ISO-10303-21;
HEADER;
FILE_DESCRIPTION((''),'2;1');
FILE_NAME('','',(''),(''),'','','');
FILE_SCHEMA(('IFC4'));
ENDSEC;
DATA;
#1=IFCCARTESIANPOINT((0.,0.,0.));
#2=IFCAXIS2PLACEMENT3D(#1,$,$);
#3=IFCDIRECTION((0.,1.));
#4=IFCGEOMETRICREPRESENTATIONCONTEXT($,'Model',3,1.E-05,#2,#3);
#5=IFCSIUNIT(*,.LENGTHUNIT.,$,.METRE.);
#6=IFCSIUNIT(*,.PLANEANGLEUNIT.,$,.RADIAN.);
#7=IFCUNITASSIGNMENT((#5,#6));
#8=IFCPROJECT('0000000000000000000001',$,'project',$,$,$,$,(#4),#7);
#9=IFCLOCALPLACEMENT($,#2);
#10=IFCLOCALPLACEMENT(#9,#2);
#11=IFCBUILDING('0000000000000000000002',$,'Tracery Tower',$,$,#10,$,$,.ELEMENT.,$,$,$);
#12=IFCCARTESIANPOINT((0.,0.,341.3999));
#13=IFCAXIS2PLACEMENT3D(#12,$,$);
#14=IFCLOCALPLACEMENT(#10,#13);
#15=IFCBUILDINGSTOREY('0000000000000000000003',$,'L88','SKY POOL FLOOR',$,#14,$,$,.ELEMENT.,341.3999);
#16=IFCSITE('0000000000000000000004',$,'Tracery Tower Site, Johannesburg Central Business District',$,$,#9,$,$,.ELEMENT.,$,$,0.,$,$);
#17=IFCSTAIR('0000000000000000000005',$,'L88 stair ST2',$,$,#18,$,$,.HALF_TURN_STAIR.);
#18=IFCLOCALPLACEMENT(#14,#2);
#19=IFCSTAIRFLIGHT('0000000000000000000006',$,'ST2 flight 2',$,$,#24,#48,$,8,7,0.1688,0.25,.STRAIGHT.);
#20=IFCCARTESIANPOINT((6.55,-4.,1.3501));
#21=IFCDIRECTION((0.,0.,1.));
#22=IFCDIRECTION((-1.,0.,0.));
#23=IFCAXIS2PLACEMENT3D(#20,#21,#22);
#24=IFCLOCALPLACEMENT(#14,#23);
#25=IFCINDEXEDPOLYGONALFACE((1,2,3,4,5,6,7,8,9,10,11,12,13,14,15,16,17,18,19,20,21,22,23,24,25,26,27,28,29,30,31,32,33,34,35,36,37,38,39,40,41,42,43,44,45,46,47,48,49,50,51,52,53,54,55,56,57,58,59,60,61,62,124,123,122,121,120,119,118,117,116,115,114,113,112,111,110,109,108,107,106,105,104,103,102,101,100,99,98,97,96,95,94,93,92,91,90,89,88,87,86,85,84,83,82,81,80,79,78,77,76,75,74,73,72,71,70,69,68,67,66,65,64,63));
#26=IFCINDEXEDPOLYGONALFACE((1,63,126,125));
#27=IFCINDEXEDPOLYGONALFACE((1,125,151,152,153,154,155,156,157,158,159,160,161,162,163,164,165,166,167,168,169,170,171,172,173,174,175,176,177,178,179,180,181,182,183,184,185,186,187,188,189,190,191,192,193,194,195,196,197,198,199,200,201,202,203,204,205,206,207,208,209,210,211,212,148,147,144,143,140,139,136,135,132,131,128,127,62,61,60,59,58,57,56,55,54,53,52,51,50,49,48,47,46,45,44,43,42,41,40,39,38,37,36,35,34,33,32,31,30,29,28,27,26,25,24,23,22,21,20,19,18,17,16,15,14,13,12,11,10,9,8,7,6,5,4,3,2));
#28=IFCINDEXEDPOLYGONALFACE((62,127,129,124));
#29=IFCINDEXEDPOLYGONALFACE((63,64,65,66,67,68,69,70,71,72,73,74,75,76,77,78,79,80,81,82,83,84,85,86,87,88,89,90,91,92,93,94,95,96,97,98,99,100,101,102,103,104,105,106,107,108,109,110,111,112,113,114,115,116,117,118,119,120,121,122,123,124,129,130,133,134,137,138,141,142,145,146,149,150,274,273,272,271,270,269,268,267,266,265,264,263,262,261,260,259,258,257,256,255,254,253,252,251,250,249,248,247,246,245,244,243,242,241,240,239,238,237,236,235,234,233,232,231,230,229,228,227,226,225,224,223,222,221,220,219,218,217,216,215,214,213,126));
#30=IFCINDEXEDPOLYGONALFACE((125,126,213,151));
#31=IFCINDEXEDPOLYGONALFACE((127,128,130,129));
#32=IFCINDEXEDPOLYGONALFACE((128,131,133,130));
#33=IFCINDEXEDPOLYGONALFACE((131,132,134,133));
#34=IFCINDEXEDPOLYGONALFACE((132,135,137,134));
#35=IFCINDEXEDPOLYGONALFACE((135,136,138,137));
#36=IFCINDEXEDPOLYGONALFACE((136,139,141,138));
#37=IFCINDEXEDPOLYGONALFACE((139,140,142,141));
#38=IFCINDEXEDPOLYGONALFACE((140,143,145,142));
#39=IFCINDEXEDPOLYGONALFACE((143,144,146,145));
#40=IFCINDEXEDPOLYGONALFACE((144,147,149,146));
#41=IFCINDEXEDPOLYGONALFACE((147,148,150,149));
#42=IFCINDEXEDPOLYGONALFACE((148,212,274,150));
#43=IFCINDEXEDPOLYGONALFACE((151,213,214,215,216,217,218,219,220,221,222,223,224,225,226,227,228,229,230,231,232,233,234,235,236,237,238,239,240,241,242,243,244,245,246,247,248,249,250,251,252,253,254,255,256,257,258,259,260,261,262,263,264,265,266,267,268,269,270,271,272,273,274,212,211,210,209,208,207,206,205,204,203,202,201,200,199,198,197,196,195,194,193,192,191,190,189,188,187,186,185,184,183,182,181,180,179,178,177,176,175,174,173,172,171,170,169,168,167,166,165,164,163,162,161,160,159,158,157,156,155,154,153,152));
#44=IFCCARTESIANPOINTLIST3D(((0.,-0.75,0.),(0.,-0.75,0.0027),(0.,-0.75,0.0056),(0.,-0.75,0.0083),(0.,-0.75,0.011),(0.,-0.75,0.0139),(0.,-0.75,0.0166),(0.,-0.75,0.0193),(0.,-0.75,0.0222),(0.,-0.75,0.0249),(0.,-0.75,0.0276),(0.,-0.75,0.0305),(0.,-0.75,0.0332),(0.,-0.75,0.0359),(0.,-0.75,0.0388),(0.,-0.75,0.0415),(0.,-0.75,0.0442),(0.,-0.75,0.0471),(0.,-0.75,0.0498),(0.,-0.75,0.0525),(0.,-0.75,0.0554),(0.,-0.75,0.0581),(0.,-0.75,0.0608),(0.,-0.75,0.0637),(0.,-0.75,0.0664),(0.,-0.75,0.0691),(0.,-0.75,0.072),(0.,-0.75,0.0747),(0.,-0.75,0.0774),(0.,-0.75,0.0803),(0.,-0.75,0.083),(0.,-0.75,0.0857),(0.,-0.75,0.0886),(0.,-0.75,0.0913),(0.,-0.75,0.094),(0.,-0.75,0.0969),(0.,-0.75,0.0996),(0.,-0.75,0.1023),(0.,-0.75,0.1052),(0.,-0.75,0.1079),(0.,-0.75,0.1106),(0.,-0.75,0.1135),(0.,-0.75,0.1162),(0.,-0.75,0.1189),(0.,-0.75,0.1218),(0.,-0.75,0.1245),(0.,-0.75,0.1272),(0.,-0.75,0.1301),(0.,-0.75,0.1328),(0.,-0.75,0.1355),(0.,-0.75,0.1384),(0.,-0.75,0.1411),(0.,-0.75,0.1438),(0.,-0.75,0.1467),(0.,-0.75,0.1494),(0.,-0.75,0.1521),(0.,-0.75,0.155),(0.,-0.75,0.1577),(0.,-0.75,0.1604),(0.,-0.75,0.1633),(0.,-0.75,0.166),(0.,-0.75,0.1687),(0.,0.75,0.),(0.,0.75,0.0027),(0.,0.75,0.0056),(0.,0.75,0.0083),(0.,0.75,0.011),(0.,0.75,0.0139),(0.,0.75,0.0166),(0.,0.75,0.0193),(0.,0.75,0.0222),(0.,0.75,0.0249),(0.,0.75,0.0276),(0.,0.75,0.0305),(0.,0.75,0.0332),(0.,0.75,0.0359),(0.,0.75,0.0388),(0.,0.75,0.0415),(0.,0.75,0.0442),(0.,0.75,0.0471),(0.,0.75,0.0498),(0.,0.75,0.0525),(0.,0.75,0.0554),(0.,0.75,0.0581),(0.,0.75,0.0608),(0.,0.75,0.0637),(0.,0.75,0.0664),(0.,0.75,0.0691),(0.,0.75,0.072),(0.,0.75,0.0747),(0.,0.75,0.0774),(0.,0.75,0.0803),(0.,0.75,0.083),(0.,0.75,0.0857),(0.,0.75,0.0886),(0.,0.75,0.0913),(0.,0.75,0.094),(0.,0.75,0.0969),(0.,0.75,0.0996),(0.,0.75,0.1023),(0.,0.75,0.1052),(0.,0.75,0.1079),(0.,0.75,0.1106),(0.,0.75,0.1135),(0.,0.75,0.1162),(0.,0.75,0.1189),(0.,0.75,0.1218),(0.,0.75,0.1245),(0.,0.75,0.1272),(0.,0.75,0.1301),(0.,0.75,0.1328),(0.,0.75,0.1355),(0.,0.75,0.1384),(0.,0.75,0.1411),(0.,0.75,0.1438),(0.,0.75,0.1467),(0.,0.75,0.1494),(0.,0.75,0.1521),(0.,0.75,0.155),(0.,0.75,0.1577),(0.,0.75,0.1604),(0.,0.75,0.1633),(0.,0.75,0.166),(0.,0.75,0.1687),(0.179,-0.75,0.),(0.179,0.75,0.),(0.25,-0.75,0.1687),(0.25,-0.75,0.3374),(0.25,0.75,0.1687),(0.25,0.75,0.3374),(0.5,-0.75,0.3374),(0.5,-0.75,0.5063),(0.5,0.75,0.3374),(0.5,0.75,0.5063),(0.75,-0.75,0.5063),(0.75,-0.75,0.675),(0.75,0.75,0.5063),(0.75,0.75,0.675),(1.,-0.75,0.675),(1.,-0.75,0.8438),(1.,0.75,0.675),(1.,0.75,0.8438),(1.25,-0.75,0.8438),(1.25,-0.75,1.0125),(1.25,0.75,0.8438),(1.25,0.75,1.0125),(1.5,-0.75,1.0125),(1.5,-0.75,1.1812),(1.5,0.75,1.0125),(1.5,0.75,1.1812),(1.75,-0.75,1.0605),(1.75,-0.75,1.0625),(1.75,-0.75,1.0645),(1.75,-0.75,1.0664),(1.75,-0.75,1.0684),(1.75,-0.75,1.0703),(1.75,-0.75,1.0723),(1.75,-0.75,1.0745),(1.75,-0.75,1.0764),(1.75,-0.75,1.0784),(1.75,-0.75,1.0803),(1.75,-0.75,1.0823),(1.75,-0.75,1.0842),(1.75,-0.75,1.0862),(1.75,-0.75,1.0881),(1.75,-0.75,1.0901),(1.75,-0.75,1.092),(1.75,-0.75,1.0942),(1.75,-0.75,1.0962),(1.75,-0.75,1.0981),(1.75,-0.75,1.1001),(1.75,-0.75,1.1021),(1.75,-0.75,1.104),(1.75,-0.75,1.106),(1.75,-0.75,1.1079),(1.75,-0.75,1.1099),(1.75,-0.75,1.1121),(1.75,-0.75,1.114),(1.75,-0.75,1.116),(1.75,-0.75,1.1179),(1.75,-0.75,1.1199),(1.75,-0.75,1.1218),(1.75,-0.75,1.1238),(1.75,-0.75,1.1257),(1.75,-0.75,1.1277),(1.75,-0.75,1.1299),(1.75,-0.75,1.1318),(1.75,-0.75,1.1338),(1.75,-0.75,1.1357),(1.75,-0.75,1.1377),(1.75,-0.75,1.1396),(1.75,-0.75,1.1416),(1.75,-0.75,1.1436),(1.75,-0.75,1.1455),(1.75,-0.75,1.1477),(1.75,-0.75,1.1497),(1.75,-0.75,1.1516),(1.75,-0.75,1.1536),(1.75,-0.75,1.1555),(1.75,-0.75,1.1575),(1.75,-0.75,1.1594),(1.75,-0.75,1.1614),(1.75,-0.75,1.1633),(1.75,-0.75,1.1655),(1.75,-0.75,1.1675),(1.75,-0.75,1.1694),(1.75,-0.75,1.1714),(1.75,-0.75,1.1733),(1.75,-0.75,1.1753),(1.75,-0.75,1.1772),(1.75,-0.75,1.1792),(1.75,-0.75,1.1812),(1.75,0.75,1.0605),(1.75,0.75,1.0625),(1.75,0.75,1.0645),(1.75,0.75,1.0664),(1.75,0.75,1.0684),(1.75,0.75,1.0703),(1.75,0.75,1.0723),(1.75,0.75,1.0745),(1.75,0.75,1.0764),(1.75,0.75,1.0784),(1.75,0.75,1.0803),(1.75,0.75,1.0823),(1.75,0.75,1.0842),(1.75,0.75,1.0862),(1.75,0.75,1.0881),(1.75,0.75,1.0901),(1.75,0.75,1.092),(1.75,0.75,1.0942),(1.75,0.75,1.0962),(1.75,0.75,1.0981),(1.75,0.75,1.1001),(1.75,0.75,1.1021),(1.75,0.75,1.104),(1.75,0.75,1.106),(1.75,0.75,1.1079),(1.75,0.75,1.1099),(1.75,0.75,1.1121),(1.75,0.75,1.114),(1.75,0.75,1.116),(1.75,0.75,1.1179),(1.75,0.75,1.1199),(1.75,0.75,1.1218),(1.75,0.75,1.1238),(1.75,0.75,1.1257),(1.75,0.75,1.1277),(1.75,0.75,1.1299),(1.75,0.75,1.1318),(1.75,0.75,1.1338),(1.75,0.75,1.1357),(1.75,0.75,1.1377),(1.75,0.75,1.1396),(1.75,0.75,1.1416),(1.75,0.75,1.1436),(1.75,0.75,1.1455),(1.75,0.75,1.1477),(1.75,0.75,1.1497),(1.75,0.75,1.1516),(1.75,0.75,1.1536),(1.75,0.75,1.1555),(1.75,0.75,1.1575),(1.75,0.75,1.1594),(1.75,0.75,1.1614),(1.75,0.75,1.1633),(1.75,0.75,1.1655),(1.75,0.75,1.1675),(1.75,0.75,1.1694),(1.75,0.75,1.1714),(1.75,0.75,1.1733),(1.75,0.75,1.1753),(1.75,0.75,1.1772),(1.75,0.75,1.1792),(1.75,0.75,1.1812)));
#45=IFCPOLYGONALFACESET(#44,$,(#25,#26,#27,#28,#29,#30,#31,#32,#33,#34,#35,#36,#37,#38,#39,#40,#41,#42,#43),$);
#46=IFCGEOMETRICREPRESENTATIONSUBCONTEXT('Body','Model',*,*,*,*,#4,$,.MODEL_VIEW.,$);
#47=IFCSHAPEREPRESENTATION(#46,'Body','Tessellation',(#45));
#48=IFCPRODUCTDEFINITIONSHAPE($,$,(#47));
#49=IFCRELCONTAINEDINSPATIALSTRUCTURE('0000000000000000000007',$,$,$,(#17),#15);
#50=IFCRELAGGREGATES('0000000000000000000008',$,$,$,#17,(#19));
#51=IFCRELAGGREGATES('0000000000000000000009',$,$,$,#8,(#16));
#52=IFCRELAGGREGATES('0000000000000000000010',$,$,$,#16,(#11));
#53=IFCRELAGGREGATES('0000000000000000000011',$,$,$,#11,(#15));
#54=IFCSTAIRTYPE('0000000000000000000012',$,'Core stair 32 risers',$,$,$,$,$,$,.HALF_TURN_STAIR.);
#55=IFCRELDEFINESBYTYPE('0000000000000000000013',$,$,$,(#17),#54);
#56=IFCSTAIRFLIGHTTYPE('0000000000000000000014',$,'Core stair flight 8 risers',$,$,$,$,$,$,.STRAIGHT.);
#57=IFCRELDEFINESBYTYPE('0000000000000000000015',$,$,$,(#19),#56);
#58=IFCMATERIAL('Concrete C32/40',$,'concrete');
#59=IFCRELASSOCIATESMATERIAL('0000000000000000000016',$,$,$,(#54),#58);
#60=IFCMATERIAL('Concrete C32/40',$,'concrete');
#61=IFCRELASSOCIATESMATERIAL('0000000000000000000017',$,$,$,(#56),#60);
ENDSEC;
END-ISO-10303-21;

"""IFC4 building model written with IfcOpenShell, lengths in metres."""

from ifc_helpers import new_model, si_unit, direction, frame, origin, place, context, subcontext, project, spatial, polyline, outline, extrude, material, type_object, element, aggregate, save


model = new_model("IFC4")

# Units and contexts
model_context = context("Model", 3, precision=1e-05, world=origin(), true_north=direction((0.0, 1.0)))
body_context = subcontext(model_context, "Body", "Model", "MODEL_VIEW")
ifc_project = project(units=[si_unit("LENGTHUNIT", "METRE"), si_unit("PLANEANGLEUNIT", "RADIAN")], contexts=[model_context])

# Site, building, storey
site_placement = place(None, origin())
site = spatial("IfcSite", under=ifc_project, at=site_placement, Name="Tracery Tower Site, Johannesburg Central Business District", CompositionType="ELEMENT", RefElevation=0.0)
building_placement = place(site_placement, origin())
building = spatial("IfcBuilding", under=site, at=building_placement, Name="Tracery Tower", CompositionType="ELEMENT")
storey_placement = place(building_placement, frame((0.0, 0.0, 341.3999)))
storey = spatial("IfcBuildingStorey", under=building, at=storey_placement, Name="L88", Description="SKY POOL FLOOR", CompositionType="ELEMENT", Elevation=341.3999)

# Stair, stair flight
ifc_material_1 = material(Name="Concrete C32/40", Category="concrete")
stair_type = type_object("IfcStairType", Name="Core stair 32 risers", PredefinedType="HALF_TURN_STAIR", material=ifc_material_1)
stair_placement = place(storey_placement, origin())
stair = element("IfcStair", 1, at=stair_placement, inside=storey, type_object=stair_type, Name="L88 stair ST2", PredefinedType="HALF_TURN_STAIR")
ifc_material_2 = material(Name="Concrete C32/40", Category="concrete")
stair_flight_type = type_object("IfcStairFlightType", Name="Core stair flight 8 risers", PredefinedType="STRAIGHT", material=ifc_material_2)
stair_flight_1_placement = place(storey_placement, frame((6.55, -4.0, 1.3501), z_axis=(0.0, 0.0, 1.0), x_axis=(-1.0, 0.0, 0.0)))
stair_flight_1 = element("IfcStairFlight", 2, at=stair_flight_1_placement, type_object=stair_flight_type, Name="ST2 flight 2", NumberOfRisers=8, NumberOfTreads=7, PredefinedType="STRAIGHT", RiserHeight=0.1688, TreadLength=0.25, context=body_context, shape_type="SweptSolid", body=[
    extrude(outline(polyline([(0.0, 0.0), (0.0, 0.0027), (0.0, 0.0056), (0.0, 0.0083), (0.0, 0.011), (0.0, 0.0139), (0.0, 0.0166), (0.0, 0.0193), (0.0, 0.0222), (0.0, 0.0249), (0.0, 0.0276), (0.0, 0.0305), (0.0, 0.0332), (0.0, 0.0359), (0.0, 0.0388), (0.0, 0.0415), (0.0, 0.0442), (0.0, 0.0471), (0.0, 0.0498), (0.0, 0.0525), (0.0, 0.0554), (0.0, 0.0581), (0.0, 0.0608), (0.0, 0.0637), (0.0, 0.0664), (0.0, 0.0691), (0.0, 0.072), (0.0, 0.0747), (0.0, 0.0774), (0.0, 0.0803), (0.0, 0.083), (0.0, 0.0857), (0.0, 0.0886), (0.0, 0.0913), (0.0, 0.094), (0.0, 0.0969), (0.0, 0.0996), (0.0, 0.1023), (0.0, 0.1052), (0.0, 0.1079), (0.0, 0.1106), (0.0, 0.1135), (0.0, 0.1162), (0.0, 0.1189), (0.0, 0.1218), (0.0, 0.1245), (0.0, 0.1272), (0.0, 0.1301), (0.0, 0.1328), (0.0, 0.1355), (0.0, 0.1384), (0.0, 0.1411), (0.0, 0.1438), (0.0, 0.1467), (0.0, 0.1494), (0.0, 0.1521), (0.0, 0.155), (0.0, 0.1577), (0.0, 0.1604), (0.0, 0.1633), (0.0, 0.166), (0.0, 0.1687), (0.25, 0.1687), (0.25, 0.3374), (0.5, 0.3374), (0.5, 0.5063), (0.75, 0.5063), (0.75, 0.675), (1.0, 0.675), (1.0, 0.8438), (1.25, 0.8438), (1.25, 1.0125), (1.5, 1.0125), (1.5, 1.1812), (1.75, 1.1812), (1.75, 1.1792), (1.75, 1.1772), (1.75, 1.1753), (1.75, 1.1733), (1.75, 1.1714), (1.75, 1.1694), (1.75, 1.1675), (1.75, 1.1655), (1.75, 1.1633), (1.75, 1.1614), (1.75, 1.1594), (1.75, 1.1575), (1.75, 1.1555), (1.75, 1.1536), (1.75, 1.1516), (1.75, 1.1497), (1.75, 1.1477), (1.75, 1.1455), (1.75, 1.1436), (1.75, 1.1416), (1.75, 1.1396), (1.75, 1.1377), (1.75, 1.1357), (1.75, 1.1338), (1.75, 1.1318), (1.75, 1.1299), (1.75, 1.1277), (1.75, 1.1257), (1.75, 1.1238), (1.75, 1.1218), (1.75, 1.1199), (1.75, 1.1179), (1.75, 1.116), (1.75, 1.114), (1.75, 1.1121), (1.75, 1.1099), (1.75, 1.1079), (1.75, 1.106), (1.75, 1.104), (1.75, 1.1021), (1.75, 1.1001), (1.75, 1.0981), (1.75, 1.0962), (1.75, 1.0942), (1.75, 1.092), (1.75, 1.0901), (1.75, 1.0881), (1.75, 1.0862), (1.75, 1.0842), (1.75, 1.0823), (1.75, 1.0803), (1.75, 1.0784), (1.75, 1.0764), (1.75, 1.0745), (1.75, 1.0723), (1.75, 1.0703), (1.75, 1.0684), (1.75, 1.0664), (1.75, 1.0645), (1.75, 1.0625), (1.75, 1.0605), (0.179, 0.0), (0.0, 0.0)])), frame((0.0, 0.75, 0.0), z_axis=(0.0, -1.0, 0.0), x_axis=(1.0, 0.0, 0.0)), (0.0, 0.0, 1.0), 1.5),
])
aggregate(stair, [stair_flight_1])

save(model, "model.ifc")
